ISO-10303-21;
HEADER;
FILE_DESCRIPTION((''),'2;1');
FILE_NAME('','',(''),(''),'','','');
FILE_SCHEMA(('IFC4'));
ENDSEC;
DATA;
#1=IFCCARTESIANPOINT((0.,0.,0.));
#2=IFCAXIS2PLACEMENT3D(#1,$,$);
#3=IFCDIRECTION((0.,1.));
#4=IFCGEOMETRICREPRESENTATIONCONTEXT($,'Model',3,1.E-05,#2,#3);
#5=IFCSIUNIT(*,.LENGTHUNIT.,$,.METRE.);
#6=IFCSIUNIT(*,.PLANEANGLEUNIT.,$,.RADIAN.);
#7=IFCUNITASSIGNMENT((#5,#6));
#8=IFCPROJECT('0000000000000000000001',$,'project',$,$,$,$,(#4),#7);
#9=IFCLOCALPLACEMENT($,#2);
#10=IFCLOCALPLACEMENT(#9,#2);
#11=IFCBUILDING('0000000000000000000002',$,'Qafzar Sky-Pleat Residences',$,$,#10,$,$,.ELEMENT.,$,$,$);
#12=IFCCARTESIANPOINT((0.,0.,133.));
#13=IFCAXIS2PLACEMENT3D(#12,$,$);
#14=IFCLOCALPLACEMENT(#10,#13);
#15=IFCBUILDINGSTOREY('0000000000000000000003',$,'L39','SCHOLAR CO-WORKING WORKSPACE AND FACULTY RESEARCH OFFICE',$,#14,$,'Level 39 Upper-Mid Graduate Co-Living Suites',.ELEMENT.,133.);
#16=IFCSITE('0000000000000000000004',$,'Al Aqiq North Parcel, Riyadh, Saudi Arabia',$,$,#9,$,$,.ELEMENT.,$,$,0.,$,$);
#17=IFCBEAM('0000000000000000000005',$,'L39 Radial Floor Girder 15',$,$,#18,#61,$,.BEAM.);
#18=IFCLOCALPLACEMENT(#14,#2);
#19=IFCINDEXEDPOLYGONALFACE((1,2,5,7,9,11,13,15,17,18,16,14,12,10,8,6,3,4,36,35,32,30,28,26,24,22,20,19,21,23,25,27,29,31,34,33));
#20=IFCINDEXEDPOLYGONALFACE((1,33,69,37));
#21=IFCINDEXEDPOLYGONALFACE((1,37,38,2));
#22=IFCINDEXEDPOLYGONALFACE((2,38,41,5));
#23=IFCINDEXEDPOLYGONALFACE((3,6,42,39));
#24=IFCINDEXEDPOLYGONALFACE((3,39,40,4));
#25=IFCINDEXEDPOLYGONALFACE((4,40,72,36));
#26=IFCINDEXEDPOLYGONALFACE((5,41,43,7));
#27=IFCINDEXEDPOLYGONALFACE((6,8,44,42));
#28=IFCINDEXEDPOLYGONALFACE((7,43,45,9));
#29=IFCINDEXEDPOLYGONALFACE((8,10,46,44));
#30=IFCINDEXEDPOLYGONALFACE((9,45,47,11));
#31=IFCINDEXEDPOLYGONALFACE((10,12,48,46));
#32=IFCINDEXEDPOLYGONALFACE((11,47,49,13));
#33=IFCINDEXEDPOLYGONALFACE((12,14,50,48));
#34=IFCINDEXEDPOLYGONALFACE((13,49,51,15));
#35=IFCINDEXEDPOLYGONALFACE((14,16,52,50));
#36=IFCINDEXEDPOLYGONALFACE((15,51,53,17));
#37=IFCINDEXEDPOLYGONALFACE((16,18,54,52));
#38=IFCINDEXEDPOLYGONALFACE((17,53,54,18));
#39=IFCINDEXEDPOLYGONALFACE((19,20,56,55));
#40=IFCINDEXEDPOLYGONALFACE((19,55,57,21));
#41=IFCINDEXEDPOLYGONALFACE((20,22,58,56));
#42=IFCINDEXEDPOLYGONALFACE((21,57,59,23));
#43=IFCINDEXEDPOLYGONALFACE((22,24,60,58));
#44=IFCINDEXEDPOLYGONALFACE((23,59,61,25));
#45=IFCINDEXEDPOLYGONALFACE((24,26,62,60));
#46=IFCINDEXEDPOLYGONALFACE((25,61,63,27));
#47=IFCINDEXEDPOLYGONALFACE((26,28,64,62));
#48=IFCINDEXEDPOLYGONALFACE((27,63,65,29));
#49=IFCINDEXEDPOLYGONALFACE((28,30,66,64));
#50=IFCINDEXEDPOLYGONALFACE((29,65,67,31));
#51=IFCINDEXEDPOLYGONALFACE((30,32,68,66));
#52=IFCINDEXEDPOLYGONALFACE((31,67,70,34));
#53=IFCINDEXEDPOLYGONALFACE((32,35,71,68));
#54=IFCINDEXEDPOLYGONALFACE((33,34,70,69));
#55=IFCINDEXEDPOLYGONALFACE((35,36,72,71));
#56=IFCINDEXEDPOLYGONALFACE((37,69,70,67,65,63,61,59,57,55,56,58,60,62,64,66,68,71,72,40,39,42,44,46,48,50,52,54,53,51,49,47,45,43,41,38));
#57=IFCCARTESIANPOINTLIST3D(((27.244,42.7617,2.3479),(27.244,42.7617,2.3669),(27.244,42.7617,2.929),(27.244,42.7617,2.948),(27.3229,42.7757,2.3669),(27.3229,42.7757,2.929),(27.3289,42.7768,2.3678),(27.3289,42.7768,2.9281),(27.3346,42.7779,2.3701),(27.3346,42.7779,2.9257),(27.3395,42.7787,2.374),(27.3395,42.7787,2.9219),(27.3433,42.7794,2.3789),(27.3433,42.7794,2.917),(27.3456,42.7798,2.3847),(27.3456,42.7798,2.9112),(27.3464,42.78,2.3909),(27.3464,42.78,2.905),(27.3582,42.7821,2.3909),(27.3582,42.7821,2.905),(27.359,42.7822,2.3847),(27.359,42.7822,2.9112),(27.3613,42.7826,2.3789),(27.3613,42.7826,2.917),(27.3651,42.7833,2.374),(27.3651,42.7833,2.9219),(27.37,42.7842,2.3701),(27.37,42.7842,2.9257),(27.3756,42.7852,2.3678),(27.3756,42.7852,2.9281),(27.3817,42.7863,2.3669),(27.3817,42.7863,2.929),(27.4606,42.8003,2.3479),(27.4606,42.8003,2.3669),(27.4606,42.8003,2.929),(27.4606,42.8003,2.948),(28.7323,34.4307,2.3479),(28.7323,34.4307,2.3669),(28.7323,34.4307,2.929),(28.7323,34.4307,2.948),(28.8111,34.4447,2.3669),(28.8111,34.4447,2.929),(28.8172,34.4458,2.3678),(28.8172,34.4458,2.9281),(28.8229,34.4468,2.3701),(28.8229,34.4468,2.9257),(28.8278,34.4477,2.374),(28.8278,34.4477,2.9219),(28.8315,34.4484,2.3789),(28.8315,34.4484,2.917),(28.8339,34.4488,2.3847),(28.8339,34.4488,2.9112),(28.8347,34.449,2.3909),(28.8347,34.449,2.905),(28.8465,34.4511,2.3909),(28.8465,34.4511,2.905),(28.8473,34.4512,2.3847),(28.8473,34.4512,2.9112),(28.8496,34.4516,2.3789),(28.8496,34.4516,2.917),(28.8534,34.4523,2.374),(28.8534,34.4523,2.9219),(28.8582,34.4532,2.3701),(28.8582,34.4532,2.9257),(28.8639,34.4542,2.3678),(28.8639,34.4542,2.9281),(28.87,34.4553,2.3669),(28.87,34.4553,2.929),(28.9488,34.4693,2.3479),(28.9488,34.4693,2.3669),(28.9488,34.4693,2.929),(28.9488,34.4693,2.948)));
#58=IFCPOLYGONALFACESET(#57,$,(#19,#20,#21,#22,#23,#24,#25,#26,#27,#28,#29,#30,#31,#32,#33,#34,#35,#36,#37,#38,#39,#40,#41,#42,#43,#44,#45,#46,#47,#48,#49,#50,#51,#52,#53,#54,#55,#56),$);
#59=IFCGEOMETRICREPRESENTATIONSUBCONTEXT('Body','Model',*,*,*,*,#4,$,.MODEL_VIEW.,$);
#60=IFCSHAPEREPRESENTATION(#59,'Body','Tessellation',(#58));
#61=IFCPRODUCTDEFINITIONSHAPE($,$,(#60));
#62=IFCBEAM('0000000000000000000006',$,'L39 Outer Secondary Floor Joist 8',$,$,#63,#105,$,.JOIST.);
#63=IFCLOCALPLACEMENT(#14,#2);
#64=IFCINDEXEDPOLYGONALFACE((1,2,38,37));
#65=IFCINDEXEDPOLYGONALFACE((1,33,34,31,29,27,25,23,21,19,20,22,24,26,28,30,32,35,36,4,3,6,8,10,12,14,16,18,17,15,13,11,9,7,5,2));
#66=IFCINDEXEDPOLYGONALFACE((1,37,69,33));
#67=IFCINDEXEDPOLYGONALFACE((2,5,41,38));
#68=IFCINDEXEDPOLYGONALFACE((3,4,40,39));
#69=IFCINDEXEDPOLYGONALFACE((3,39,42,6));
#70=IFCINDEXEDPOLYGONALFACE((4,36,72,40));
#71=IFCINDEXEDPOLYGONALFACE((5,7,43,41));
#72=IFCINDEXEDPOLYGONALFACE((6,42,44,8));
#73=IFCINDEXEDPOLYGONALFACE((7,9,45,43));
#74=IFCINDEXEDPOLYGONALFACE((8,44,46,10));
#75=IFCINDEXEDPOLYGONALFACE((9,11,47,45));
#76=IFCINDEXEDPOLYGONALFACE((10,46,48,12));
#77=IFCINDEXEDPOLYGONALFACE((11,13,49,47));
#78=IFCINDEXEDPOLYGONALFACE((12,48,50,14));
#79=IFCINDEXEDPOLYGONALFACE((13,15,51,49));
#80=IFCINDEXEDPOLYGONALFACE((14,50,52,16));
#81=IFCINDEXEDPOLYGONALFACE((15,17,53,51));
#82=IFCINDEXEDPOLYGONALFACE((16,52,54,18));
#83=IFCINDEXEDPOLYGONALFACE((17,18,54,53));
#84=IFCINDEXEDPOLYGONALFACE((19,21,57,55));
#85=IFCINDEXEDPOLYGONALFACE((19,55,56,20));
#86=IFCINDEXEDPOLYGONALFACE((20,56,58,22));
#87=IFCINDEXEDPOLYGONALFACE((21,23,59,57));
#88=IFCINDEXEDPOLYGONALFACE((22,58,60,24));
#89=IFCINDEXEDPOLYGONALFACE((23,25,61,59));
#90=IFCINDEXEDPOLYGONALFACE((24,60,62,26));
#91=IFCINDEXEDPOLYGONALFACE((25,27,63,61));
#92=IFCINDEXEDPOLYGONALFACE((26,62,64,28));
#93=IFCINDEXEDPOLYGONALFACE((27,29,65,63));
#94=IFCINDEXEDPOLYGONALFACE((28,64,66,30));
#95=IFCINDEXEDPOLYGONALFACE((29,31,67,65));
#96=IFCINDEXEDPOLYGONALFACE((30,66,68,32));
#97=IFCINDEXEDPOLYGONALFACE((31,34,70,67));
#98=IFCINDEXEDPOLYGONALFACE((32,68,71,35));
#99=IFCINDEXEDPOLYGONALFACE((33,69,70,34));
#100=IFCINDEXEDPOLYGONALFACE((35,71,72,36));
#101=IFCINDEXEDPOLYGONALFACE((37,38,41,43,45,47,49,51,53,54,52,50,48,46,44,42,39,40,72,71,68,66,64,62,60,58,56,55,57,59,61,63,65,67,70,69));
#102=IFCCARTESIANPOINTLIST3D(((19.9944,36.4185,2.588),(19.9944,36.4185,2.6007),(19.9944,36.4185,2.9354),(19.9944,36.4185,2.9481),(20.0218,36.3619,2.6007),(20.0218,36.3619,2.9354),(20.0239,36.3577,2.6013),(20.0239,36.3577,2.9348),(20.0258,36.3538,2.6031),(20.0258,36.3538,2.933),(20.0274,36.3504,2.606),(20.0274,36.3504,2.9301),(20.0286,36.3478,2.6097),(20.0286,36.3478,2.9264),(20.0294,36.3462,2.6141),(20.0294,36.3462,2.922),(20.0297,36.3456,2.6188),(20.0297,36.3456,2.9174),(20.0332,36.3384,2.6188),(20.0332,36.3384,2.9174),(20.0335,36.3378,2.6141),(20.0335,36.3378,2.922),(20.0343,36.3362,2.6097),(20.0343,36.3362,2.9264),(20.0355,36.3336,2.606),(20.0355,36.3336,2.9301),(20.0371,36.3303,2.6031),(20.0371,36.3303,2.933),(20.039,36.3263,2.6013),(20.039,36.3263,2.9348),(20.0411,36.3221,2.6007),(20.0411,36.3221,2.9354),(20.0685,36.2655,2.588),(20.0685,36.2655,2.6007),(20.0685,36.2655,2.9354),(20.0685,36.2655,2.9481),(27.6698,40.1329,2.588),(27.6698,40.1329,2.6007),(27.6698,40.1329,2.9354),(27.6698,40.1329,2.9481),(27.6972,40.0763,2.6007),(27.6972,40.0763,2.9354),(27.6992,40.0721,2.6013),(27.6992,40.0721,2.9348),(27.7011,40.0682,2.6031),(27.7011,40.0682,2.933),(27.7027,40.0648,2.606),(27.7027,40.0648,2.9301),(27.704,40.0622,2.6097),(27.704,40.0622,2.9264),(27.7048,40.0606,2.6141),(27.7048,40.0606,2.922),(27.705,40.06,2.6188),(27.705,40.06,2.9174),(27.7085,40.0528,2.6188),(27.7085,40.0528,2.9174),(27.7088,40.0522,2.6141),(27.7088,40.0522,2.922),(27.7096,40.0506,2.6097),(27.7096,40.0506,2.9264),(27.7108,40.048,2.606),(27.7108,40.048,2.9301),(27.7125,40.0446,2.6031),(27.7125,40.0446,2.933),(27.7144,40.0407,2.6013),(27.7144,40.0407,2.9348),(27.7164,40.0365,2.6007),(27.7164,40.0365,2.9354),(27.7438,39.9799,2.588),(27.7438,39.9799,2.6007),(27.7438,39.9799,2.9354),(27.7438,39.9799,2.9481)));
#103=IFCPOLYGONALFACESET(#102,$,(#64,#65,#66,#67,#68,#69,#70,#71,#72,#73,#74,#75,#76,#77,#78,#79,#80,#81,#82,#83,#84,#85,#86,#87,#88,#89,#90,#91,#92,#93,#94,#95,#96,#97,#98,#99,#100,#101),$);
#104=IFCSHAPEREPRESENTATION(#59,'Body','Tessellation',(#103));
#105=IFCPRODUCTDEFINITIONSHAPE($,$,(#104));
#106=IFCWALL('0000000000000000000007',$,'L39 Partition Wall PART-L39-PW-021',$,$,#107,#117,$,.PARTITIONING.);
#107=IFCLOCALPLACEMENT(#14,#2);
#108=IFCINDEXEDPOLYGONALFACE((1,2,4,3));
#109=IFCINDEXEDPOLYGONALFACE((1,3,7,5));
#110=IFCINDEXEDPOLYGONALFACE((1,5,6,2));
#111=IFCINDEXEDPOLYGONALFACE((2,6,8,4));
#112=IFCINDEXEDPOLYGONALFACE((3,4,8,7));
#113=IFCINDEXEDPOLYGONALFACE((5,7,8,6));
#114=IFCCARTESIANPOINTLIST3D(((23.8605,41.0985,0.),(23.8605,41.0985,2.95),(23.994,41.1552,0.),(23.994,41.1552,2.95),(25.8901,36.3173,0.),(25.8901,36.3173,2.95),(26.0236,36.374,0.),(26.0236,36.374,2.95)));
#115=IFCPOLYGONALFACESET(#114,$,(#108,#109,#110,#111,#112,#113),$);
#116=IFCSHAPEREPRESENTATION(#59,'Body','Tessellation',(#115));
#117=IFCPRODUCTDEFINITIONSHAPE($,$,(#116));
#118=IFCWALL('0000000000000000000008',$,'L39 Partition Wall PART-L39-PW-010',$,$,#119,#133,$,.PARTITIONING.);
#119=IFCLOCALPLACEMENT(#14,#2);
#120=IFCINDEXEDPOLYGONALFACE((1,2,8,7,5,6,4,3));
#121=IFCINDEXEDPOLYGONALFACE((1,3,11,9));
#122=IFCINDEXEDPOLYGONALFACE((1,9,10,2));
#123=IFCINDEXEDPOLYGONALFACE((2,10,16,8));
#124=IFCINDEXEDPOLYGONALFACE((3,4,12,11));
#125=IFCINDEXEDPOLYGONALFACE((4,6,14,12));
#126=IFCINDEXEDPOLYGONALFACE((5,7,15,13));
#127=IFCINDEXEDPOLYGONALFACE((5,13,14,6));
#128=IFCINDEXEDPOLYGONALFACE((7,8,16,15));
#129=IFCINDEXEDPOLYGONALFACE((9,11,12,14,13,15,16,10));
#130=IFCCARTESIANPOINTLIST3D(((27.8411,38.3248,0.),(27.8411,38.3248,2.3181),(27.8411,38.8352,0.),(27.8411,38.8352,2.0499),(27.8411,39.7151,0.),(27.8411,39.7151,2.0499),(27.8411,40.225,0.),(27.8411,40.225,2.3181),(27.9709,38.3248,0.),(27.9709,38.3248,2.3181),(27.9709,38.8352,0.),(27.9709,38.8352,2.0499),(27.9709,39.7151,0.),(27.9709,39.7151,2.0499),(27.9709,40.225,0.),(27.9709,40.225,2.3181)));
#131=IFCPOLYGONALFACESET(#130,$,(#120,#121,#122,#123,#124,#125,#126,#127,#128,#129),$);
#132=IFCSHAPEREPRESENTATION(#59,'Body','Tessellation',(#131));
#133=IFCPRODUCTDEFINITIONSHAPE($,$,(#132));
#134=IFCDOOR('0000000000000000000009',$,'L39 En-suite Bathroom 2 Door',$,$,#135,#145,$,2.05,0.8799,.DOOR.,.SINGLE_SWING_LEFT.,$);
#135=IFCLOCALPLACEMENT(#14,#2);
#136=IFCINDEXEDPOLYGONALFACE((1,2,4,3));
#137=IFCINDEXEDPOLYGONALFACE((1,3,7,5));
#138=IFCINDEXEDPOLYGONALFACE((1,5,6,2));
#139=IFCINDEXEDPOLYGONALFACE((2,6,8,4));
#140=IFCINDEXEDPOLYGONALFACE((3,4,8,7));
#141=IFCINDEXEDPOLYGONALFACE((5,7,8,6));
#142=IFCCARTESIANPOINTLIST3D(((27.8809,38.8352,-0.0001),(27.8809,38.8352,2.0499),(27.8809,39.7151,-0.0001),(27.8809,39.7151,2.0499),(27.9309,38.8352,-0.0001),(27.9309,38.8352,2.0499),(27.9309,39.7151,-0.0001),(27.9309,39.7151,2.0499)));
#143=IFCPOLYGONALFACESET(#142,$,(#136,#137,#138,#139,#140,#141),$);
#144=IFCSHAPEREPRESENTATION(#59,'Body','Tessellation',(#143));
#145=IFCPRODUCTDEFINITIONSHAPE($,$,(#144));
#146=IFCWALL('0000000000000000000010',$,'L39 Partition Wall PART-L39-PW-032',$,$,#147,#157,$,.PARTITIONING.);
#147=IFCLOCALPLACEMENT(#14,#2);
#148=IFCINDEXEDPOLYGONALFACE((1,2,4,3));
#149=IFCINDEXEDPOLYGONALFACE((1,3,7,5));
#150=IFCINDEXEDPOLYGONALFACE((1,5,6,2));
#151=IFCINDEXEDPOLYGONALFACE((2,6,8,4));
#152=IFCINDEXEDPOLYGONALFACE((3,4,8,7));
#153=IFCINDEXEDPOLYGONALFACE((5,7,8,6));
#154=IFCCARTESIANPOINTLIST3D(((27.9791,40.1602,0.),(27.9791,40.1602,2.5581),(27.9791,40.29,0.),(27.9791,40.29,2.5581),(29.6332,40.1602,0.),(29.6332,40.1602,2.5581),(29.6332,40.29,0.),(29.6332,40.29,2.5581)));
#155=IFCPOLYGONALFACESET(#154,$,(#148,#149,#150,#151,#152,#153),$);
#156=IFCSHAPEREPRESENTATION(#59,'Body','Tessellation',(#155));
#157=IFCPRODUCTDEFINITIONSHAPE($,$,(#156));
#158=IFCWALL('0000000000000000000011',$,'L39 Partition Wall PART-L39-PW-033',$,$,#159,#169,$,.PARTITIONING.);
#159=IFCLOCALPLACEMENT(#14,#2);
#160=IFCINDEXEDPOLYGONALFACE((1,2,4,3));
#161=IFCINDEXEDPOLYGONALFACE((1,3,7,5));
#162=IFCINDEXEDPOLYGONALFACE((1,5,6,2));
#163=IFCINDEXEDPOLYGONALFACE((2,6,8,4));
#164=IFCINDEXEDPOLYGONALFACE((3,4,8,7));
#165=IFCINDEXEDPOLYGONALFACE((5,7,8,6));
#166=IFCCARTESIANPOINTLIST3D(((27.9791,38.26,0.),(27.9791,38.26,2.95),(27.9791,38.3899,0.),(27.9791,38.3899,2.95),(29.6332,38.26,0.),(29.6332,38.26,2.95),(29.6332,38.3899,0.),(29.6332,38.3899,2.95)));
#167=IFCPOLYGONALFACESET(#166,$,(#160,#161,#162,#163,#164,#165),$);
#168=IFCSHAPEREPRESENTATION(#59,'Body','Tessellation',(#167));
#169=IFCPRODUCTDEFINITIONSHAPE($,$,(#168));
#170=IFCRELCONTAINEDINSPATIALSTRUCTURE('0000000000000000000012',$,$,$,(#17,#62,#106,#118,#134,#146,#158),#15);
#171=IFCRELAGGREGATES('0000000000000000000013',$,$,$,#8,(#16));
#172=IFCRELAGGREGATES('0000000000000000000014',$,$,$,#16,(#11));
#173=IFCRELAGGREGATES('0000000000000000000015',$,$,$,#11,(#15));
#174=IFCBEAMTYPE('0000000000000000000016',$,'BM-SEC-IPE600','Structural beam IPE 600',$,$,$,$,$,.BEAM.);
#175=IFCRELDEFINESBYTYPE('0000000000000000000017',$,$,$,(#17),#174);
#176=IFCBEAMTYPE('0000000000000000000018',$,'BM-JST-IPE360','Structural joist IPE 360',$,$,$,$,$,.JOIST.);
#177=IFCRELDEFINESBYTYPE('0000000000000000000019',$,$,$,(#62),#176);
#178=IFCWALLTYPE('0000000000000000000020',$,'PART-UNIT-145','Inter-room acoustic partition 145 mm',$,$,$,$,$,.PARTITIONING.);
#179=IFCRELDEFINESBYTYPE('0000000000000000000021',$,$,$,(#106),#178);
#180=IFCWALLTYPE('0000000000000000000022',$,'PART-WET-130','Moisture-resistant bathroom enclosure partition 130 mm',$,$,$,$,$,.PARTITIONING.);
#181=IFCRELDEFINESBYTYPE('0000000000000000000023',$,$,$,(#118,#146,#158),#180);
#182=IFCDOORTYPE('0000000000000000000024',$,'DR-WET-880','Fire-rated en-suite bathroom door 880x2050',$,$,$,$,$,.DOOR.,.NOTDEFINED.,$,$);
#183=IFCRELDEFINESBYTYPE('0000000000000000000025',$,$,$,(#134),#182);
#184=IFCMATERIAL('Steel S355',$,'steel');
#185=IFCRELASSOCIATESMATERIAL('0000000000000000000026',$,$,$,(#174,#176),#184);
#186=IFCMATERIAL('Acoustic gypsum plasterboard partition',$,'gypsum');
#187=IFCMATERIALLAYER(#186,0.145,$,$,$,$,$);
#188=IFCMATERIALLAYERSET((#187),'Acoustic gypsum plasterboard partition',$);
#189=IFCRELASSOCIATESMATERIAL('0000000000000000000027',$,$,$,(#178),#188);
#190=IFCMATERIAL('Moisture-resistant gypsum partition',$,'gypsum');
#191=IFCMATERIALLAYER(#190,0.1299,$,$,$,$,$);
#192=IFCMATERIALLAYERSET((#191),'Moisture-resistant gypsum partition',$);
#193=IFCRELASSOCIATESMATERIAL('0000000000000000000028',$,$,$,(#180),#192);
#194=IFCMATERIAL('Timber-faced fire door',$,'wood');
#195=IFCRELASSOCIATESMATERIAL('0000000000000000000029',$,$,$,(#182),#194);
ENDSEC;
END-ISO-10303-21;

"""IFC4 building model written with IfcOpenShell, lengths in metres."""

from ifc_helpers import new_model, si_unit, direction, frame, frame_2d, origin, origin_2d, place, context, subcontext, project, spatial, rectangle, i_section, extrude, source, transform, mapped, material, layer, layer_set, material_profile, profile_set, type_object, element, fill, save


model = new_model("IFC4")

# Units and contexts
model_context = context("Model", 3, precision=1e-05, world=origin(), true_north=direction((0.0, 1.0)))
body_context = subcontext(model_context, "Body", "Model", "MODEL_VIEW")
ifc_project = project(units=[si_unit("LENGTHUNIT", "METRE"), si_unit("PLANEANGLEUNIT", "RADIAN")], contexts=[model_context])

# Site, building, storey
site_placement = place(None, origin())
site = spatial("IfcSite", under=ifc_project, at=site_placement, Name="Al Aqiq North Parcel, Riyadh, Saudi Arabia", CompositionType="ELEMENT", RefElevation=0.0)
building_placement = place(site_placement, origin())
building = spatial("IfcBuilding", under=site, at=building_placement, Name="Qafzar Sky-Pleat Residences", CompositionType="ELEMENT")
storey_placement = place(building_placement, frame((0.0, 0.0, 133.0)))
storey = spatial("IfcBuildingStorey", under=building, at=storey_placement, Name="L39", Description="SCHOLAR CO-WORKING WORKSPACE AND FACULTY RESEARCH OFFICE", LongName="Level 39 Upper-Mid Graduate Co-Living Suites", CompositionType="ELEMENT", Elevation=133.0)

# Shared definitions
ifc_material_1 = material(Name="Steel S355", Category="steel")

# Beams
ifc_material_profile_1 = material_profile(ifc_material_1, i_section(OverallWidth=0.22, OverallDepth=0.6001, WebThickness=0.012, FlangeThickness=0.019, FilletRadius=0.0239, at=origin_2d()), Name="IPE 600")
ifc_profile_set_1 = profile_set([ifc_material_profile_1], Name="Steel S355")
beam_type_1 = type_object("IfcBeamType", Name="BM-SEC-IPE600", Description="Structural beam IPE 600", PredefinedType="BEAM", material=ifc_profile_set_1)
shared_shape_1 = source(origin(), body_context, "Body", "SweptSolid", [
    extrude(i_section(OverallWidth=0.22, OverallDepth=0.6001, WebThickness=0.012, FlangeThickness=0.019, FilletRadius=0.0239, at=origin_2d()), origin(), (0.0, 0.0, 1.0), 8.4629),
])
beam_1_placement = place(storey_placement, frame((27.3523, 42.781, 2.6479), z_axis=(0.175859, -0.984415, 0.0), x_axis=(0.984415, 0.175859, 0.0)))
element("IfcBeam", 1, at=beam_1_placement, inside=storey, type_object=beam_type_1, Name="L39 Radial Floor Girder 15", PredefinedType="BEAM", context=body_context, shape_type="MappedRepresentation", body=[
    mapped(shared_shape_1, transform((0.0, 0.0, 0.0), x_axis=(1.0, 0.0, 0.0), y_axis=(0.0, 1.0, 0.0), z_axis=(0.0, 0.0, 1.0), scale=1.0)),
])
ifc_material_profile_2 = material_profile(ifc_material_1, i_section(OverallWidth=0.1699, OverallDepth=0.3601, WebThickness=0.0081, FlangeThickness=0.0127, FilletRadius=0.0181, at=origin_2d()), Name="IPE 360")
ifc_profile_set_2 = profile_set([ifc_material_profile_2], Name="Steel S355")
beam_type_2 = type_object("IfcBeamType", Name="BM-JST-IPE360", Description="Structural joist IPE 360", PredefinedType="JOIST", material=ifc_profile_set_2)
shared_shape_2 = source(origin(), body_context, "Body", "SweptSolid", [
    extrude(i_section(OverallWidth=0.1699, OverallDepth=0.3601, WebThickness=0.0081, FlangeThickness=0.0127, FilletRadius=0.0181, at=origin_2d()), origin(), (0.0, 0.0, 1.0), 8.5269),
])
beam_2_placement = place(storey_placement, frame((27.7068, 40.0564, 2.7681), z_axis=(-0.900136, -0.435609, 0.0), x_axis=(0.435609, -0.900136, 0.0)))
element("IfcBeam", 2, at=beam_2_placement, inside=storey, type_object=beam_type_2, Name="L39 Outer Secondary Floor Joist 8", PredefinedType="JOIST", context=body_context, shape_type="MappedRepresentation", body=[
    mapped(shared_shape_2, transform((0.0, 0.0, 0.0), x_axis=(1.0, 0.0, 0.0), y_axis=(0.0, 1.0, 0.0), z_axis=(0.0, 0.0, 1.0), scale=1.0)),
])

# Wall
ifc_material_2 = material(Name="Acoustic gypsum plasterboard partition", Category="gypsum")
ifc_layer_1 = layer(ifc_material_2, 0.145)
ifc_layer_set_1 = layer_set([ifc_layer_1], Name="Acoustic gypsum plasterboard partition")
wall_type_1 = type_object("IfcWallType", Name="PART-UNIT-145", Description="Inter-room acoustic partition 145 mm", PredefinedType="PARTITIONING", material=ifc_layer_set_1)
wall_1_placement = place(storey_placement, frame((23.9272, 41.127, 0.0), z_axis=(0.0, 0.0, 1.0), x_axis=(0.390735, -0.920503, 0.0)))
element("IfcWall", 3, at=wall_1_placement, inside=storey, type_object=wall_type_1, Name="L39 Partition Wall PART-L39-PW-021", PredefinedType="PARTITIONING", context=body_context, shape_type="SweptSolid", body=[
    extrude(rectangle(XDim=5.1941, YDim=0.145, at=frame_2d((2.5972, 0.0))), origin(), (0.0, 0.0, 1.0), 2.95),
])

# Wall, opening, door
ifc_material_3 = material(Name="Moisture-resistant gypsum partition", Category="gypsum")
ifc_layer_2 = layer(ifc_material_3, 0.1299)
ifc_layer_set_2 = layer_set([ifc_layer_2], Name="Moisture-resistant gypsum partition")
wall_type_2 = type_object("IfcWallType", Name="PART-WET-130", Description="Moisture-resistant bathroom enclosure partition 130 mm", PredefinedType="PARTITIONING", material=ifc_layer_set_2)
wall_2_placement = place(storey_placement, frame((27.906, 40.2251, 0.0), z_axis=(0.0, 0.0, 1.0), x_axis=(0.0, -1.0, 0.0)))
wall_2 = element("IfcWall", 4, at=wall_2_placement, inside=storey, type_object=wall_type_2, Name="L39 Partition Wall PART-L39-PW-010", PredefinedType="PARTITIONING", context=body_context, shape_type="SweptSolid", body=[
    extrude(rectangle(XDim=1.9001, YDim=0.1299, at=frame_2d((0.9502, 0.0))), origin(), (0.0, 0.0, 1.0), 2.3181),
])
opening_1_placement = place(wall_2_placement, frame((0.51, 0.0, 0.0)))
opening_1 = element("IfcOpeningElement", 5, at=opening_1_placement, cuts=wall_2, PredefinedType="OPENING", context=body_context, shape_type="SweptSolid", body=[
    extrude(rectangle(XDim=0.8799, YDim=2.05, at=frame_2d((0.4399, 1.0249))), frame((0.0, 0.075, 0.0), z_axis=(0.0, -1.0, 0.0), x_axis=(1.0, 0.0, 0.0)), (0.0, 0.0, 1.0), 0.1499),
])
ifc_material_4 = material(Name="Timber-faced fire door", Category="wood")
door_type = type_object("IfcDoorType", Name="DR-WET-880", Description="Fire-rated en-suite bathroom door 880x2050", OperationType="NOTDEFINED", PredefinedType="DOOR", material=ifc_material_4)
shared_shape_3 = source(origin(), body_context, "Body", "SweptSolid", [
    extrude(rectangle(XDim=0.8799, YDim=2.05, at=frame_2d((0.4399, 1.0249))), frame((0.0, 0.0249, 0.0), z_axis=(0.0, -1.0, 0.0), x_axis=(1.0, 0.0, 0.0)), (0.0, 0.0, 1.0), 0.05),
])
door_placement = place(opening_1_placement, origin())
door = element("IfcDoor", 6, at=door_placement, inside=storey, type_object=door_type, Name="L39 En-suite Bathroom 2 Door", OperationType="SINGLE_SWING_LEFT", OverallHeight=2.05, OverallWidth=0.8799, PredefinedType="DOOR", context=body_context, shape_type="MappedRepresentation", body=[
    mapped(shared_shape_3, transform((0.0, 0.0, 0.0), x_axis=(1.0, 0.0, 0.0), y_axis=(0.0, 1.0, 0.0), z_axis=(0.0, 0.0, 1.0), scale=1.0)),
])
fill(opening_1, door)

# Walls
wall_3_placement = place(storey_placement, frame((27.979, 40.2251, 0.0), z_axis=(0.0, 0.0, 1.0), x_axis=(1.0, 0.0, 0.0)))
element("IfcWall", 7, at=wall_3_placement, inside=storey, type_object=wall_type_2, Name="L39 Partition Wall PART-L39-PW-032", PredefinedType="PARTITIONING", context=body_context, shape_type="SweptSolid", body=[
    extrude(rectangle(XDim=1.6541, YDim=0.1299, at=frame_2d((0.8271, 0.0))), origin(), (0.0, 0.0, 1.0), 2.5581),
])
wall_4_placement = place(storey_placement, frame((27.979, 38.325, 0.0), z_axis=(0.0, 0.0, 1.0), x_axis=(1.0, 0.0, 0.0)))
element("IfcWall", 8, at=wall_4_placement, inside=storey, type_object=wall_type_2, Name="L39 Partition Wall PART-L39-PW-033", PredefinedType="PARTITIONING", context=body_context, shape_type="SweptSolid", body=[
    extrude(rectangle(XDim=1.6541, YDim=0.1299, at=frame_2d((0.8271, 0.0))), origin(), (0.0, 0.0, 1.0), 2.95),
])

save(model, "model.ifc")
